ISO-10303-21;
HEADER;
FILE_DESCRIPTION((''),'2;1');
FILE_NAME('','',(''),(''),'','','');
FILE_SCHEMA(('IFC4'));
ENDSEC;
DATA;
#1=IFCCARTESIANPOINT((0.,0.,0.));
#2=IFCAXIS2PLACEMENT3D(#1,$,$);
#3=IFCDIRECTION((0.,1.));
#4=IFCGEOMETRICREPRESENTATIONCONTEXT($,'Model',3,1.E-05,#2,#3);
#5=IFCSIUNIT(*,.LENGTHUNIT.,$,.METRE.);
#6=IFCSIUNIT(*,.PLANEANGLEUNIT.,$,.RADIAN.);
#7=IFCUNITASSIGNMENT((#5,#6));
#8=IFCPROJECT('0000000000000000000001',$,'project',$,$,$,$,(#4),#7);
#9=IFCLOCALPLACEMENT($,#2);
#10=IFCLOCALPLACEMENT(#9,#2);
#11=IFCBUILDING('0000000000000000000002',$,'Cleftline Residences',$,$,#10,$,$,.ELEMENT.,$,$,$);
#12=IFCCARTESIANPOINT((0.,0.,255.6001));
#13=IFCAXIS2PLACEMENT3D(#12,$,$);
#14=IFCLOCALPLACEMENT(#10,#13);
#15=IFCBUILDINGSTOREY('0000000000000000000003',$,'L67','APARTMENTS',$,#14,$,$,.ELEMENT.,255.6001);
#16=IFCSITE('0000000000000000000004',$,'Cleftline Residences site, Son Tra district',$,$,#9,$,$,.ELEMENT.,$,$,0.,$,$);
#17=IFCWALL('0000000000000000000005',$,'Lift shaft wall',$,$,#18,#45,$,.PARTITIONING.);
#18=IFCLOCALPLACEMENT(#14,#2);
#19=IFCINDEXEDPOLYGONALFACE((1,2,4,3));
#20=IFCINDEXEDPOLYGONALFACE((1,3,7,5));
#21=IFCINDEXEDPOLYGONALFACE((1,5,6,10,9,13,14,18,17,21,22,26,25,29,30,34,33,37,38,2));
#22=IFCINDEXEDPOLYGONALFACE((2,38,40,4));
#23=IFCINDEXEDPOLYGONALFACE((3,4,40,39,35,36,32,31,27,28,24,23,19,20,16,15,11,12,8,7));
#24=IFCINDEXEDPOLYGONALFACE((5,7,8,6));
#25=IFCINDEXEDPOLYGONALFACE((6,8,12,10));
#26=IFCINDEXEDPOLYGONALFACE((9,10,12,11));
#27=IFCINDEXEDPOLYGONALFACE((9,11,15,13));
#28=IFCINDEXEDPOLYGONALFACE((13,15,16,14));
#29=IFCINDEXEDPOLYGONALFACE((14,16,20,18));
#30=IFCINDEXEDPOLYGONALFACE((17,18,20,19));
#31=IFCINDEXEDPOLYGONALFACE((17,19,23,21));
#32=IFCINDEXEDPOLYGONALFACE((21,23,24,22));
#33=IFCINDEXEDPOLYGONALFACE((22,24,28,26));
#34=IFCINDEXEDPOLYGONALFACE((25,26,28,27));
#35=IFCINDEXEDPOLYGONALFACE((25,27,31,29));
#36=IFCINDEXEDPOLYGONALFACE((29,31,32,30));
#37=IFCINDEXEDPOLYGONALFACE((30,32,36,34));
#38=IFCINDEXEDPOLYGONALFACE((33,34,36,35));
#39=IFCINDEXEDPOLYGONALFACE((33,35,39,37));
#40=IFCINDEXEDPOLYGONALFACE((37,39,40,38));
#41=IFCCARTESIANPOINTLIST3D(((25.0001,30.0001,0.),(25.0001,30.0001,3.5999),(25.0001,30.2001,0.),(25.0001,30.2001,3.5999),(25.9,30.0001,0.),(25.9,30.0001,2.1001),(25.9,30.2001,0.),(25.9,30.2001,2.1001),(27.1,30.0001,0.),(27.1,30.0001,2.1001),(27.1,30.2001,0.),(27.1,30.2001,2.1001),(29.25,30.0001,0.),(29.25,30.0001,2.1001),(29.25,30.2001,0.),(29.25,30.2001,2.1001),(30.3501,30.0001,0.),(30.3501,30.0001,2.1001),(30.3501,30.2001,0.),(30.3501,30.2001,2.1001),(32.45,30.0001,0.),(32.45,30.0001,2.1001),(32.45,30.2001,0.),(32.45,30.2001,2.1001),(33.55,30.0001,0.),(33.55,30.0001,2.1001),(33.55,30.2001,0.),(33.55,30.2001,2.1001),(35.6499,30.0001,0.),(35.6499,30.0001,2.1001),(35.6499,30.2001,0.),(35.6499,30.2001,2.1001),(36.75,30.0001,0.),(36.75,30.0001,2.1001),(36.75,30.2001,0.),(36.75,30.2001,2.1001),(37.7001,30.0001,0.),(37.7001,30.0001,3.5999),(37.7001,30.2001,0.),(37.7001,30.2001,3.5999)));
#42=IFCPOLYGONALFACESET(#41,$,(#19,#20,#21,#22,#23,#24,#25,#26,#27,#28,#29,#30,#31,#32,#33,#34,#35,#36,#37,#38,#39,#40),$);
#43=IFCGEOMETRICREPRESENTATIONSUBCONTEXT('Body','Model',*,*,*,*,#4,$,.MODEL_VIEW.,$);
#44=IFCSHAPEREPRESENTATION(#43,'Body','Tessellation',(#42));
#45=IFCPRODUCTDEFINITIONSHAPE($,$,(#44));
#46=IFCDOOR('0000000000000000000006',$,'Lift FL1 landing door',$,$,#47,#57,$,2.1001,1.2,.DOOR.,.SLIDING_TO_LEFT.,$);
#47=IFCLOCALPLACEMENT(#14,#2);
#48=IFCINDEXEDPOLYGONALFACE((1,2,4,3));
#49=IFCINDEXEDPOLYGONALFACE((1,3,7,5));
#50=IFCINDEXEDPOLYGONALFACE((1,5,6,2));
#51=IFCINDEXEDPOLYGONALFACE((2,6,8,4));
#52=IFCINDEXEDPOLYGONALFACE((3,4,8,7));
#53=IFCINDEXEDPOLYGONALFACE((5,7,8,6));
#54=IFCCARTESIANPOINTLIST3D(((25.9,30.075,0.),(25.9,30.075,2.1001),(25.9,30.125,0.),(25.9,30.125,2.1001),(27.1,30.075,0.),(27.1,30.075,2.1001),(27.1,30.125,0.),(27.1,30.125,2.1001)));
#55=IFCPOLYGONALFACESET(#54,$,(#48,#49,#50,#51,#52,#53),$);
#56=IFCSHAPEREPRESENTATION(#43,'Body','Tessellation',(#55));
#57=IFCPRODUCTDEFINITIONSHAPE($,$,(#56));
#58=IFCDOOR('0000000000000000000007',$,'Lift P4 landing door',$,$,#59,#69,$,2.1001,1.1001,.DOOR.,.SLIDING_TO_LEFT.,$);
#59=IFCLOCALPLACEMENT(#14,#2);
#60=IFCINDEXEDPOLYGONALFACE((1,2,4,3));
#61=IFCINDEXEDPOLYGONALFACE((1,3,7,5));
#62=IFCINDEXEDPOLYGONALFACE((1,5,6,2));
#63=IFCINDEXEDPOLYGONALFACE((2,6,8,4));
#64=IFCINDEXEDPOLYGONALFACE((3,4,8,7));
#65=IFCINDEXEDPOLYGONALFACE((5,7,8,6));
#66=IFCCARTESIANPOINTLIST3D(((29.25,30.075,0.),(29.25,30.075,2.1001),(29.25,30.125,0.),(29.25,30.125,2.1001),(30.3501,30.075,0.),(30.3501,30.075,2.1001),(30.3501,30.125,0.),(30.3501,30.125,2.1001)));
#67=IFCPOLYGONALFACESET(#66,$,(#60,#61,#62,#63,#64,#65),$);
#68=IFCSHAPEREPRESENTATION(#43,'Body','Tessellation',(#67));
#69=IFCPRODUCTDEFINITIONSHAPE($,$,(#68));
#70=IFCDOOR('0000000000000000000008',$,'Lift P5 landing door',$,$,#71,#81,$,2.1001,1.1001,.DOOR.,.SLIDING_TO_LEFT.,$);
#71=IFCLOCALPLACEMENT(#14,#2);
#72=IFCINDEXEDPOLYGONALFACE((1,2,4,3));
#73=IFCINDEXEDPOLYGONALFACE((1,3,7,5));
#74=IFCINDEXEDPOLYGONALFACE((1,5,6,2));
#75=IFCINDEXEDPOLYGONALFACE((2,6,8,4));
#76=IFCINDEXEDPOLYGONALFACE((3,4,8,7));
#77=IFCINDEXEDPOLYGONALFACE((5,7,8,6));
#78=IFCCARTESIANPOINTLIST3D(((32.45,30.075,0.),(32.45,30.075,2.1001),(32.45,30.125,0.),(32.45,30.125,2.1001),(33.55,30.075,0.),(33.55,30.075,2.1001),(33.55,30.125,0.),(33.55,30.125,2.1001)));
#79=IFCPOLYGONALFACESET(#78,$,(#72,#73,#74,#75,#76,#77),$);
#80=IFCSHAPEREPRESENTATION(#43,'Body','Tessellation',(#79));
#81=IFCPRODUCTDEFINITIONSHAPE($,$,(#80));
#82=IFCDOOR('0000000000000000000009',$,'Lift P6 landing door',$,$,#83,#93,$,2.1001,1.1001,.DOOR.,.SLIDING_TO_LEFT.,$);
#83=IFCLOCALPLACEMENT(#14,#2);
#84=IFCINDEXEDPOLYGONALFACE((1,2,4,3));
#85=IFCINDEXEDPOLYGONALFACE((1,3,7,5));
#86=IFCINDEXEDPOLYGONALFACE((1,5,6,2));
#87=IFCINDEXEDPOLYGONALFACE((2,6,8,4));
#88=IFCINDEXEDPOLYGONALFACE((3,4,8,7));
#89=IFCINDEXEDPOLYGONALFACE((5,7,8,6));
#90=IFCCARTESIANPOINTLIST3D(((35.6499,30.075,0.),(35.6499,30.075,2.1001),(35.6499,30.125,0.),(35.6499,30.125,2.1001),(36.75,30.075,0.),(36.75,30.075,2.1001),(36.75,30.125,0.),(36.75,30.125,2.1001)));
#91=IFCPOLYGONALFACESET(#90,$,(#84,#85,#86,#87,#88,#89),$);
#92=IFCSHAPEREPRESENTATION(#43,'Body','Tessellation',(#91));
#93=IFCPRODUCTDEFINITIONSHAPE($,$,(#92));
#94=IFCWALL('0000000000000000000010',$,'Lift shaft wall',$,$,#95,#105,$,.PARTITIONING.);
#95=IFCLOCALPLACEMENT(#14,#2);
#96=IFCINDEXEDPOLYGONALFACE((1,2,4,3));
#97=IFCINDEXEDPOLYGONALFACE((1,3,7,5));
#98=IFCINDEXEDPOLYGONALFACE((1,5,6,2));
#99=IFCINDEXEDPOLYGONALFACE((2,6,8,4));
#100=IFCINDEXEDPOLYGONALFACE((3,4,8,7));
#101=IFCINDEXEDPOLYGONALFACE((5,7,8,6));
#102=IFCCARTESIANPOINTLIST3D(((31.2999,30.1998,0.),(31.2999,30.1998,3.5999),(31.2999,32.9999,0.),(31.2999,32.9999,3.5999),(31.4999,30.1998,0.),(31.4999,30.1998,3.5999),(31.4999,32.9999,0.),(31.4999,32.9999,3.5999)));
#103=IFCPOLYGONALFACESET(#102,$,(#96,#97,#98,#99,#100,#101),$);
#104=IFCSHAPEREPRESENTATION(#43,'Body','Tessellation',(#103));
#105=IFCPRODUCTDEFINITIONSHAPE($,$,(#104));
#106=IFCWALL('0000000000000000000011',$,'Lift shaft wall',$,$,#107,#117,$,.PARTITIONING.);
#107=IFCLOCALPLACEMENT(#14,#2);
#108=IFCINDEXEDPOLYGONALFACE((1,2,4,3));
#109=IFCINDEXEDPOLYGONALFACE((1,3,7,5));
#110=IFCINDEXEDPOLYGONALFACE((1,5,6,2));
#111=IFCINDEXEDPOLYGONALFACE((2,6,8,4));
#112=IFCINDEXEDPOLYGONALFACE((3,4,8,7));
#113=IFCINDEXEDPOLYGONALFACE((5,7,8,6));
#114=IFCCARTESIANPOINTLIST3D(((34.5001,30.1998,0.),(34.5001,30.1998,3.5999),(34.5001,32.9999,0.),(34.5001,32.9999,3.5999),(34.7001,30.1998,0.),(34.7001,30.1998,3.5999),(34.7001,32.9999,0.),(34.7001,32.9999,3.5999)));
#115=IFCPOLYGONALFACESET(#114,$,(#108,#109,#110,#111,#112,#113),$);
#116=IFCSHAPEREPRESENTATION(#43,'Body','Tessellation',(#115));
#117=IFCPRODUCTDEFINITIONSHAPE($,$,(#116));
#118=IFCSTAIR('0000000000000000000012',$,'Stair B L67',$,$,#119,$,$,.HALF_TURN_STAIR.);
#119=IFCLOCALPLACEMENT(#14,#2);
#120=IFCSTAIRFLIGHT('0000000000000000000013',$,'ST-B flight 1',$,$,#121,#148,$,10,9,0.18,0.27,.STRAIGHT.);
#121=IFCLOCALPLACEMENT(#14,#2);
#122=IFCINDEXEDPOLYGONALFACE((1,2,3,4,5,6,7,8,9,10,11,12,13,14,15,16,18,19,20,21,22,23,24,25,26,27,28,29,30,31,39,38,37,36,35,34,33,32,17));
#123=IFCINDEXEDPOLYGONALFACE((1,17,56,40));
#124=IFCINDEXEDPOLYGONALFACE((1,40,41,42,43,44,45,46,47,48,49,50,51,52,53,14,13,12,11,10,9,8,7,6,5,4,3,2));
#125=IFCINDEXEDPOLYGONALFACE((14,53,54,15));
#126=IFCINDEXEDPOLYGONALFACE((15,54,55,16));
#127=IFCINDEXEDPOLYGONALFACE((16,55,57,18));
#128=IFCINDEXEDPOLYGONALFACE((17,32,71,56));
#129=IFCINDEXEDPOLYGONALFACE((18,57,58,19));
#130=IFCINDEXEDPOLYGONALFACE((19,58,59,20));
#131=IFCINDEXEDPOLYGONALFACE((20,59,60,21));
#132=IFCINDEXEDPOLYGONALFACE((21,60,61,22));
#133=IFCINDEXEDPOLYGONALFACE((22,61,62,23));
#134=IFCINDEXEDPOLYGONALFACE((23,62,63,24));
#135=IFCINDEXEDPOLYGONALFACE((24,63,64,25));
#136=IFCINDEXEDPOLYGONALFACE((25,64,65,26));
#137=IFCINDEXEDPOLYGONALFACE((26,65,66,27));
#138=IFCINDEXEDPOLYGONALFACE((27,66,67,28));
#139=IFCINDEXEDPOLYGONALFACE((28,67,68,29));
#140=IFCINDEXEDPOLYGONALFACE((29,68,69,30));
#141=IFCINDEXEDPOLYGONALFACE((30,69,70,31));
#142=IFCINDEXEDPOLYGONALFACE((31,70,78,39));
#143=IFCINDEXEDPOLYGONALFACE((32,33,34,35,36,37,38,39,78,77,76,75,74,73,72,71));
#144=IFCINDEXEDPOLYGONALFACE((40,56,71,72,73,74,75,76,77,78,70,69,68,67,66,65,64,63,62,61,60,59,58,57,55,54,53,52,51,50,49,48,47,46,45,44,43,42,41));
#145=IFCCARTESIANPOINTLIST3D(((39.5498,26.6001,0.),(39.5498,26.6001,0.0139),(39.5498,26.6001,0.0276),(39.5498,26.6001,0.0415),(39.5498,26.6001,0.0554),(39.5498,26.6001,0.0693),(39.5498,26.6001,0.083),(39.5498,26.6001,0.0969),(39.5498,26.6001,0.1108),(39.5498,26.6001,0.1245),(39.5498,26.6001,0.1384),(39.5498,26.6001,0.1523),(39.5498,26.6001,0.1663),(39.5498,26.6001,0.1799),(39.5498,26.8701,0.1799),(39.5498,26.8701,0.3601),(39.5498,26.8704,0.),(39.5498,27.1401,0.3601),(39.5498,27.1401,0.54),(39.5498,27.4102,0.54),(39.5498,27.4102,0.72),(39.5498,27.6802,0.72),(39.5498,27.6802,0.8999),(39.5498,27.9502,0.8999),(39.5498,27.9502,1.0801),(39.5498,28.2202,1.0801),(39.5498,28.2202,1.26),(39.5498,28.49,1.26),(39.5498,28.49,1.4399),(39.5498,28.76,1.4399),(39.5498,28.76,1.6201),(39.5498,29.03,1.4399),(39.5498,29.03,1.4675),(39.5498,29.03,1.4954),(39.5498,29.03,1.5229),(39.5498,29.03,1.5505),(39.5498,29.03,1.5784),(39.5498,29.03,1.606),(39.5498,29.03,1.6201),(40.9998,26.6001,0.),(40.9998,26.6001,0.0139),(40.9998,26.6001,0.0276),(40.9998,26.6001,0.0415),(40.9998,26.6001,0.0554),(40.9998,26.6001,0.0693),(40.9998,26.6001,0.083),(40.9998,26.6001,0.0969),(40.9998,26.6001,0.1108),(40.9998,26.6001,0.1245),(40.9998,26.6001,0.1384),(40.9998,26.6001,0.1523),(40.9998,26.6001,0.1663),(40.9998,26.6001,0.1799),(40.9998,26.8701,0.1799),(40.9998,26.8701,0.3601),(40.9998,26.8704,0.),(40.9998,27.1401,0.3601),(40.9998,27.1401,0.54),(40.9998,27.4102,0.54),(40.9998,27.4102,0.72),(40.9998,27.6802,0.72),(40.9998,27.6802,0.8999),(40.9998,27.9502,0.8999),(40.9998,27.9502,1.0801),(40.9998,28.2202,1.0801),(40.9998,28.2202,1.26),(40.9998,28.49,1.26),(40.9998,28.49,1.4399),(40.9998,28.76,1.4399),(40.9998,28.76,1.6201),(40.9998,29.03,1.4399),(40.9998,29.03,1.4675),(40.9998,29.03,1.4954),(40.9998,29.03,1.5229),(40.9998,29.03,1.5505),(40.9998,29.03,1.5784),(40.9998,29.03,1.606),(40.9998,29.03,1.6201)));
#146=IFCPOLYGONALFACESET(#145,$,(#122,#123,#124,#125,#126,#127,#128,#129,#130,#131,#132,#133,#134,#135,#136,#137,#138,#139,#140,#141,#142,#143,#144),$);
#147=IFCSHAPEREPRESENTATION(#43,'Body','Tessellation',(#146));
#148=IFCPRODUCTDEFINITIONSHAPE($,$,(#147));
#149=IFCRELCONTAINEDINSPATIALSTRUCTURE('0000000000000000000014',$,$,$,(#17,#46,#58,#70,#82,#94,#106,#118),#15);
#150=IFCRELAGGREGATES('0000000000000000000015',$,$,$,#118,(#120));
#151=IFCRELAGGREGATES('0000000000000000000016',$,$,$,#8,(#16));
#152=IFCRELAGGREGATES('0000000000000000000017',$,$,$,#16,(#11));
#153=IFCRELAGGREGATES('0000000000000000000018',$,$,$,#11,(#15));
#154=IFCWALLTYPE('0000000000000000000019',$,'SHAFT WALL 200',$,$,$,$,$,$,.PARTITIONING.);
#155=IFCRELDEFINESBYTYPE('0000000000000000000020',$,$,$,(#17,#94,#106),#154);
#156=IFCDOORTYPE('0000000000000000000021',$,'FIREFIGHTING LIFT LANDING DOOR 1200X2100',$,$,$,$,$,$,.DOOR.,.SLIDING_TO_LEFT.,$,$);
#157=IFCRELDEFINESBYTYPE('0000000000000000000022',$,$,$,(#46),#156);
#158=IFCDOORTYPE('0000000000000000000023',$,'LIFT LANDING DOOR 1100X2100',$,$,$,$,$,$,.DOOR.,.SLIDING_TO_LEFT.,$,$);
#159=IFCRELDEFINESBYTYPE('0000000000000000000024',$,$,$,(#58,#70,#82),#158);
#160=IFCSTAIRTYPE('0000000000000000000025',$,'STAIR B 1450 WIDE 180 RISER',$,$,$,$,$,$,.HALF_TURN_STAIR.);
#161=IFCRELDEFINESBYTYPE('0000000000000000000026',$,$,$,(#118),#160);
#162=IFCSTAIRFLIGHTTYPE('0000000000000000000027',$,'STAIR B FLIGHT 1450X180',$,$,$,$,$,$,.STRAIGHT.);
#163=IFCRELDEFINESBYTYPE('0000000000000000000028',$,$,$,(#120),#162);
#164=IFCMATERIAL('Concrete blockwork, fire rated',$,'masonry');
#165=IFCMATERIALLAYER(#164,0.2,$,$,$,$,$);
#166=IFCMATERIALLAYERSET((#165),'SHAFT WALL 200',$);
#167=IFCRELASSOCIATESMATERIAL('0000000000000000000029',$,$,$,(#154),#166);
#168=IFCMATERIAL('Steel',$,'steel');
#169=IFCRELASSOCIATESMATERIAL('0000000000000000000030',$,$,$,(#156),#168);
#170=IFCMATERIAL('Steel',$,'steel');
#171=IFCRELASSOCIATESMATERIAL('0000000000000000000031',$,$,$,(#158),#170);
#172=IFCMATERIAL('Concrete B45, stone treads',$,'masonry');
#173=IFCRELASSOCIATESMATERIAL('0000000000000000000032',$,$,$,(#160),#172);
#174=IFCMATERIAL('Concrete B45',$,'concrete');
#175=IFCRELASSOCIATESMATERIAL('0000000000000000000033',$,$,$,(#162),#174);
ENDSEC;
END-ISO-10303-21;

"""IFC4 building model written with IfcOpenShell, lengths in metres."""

from ifc_helpers import new_model, si_unit, direction, frame, frame_2d, origin, place, context, subcontext, project, spatial, polyline, rectangle, outline, extrude, material, layer, layer_set, type_object, element, fill, aggregate, save


model = new_model("IFC4")

# Units and contexts
model_context = context("Model", 3, precision=1e-05, world=origin(), true_north=direction((0.0, 1.0)))
body_context = subcontext(model_context, "Body", "Model", "MODEL_VIEW")
ifc_project = project(units=[si_unit("LENGTHUNIT", "METRE"), si_unit("PLANEANGLEUNIT", "RADIAN")], contexts=[model_context])

# Site, building, storey
site_placement = place(None, origin())
site = spatial("IfcSite", under=ifc_project, at=site_placement, Name="Cleftline Residences site, Son Tra district", CompositionType="ELEMENT", RefElevation=0.0)
building_placement = place(site_placement, origin())
building = spatial("IfcBuilding", under=site, at=building_placement, Name="Cleftline Residences", CompositionType="ELEMENT")
storey_placement = place(building_placement, frame((0.0, 0.0, 255.6001)))
storey = spatial("IfcBuildingStorey", under=building, at=storey_placement, Name="L67", Description="APARTMENTS", CompositionType="ELEMENT", Elevation=255.6001)

# Wall, openings, doors
ifc_material_1 = material(Name="Concrete blockwork, fire rated", Category="masonry")
ifc_layer_1 = layer(ifc_material_1, 0.2)
ifc_layer_set_1 = layer_set([ifc_layer_1], Name="SHAFT WALL 200")
wall_type_1 = type_object("IfcWallType", Name="SHAFT WALL 200", PredefinedType="PARTITIONING", material=ifc_layer_set_1)
wall_1_placement = place(storey_placement, frame((25.0, 30.1001, 0.0), z_axis=(0.0, 0.0, 1.0), x_axis=(1.0, 0.0, 0.0)))
wall_1 = element("IfcWall", 1, at=wall_1_placement, inside=storey, type_object=wall_type_1, Name="Lift shaft wall", PredefinedType="PARTITIONING", context=body_context, shape_type="SweptSolid", body=[
    extrude(rectangle(XDim=12.7, YDim=0.2, at=frame_2d((6.3501, 0.0))), origin(), (0.0, 0.0, 1.0), 3.5999),
])
opening_1_placement = place(wall_1_placement, frame((4.25, 0.0, 0.0)))
opening_1 = element("IfcOpeningElement", 2, at=opening_1_placement, cuts=wall_1, PredefinedType="OPENING", context=body_context, shape_type="SweptSolid", body=[
    extrude(rectangle(XDim=1.1001, YDim=2.1001, at=frame_2d((0.55, 1.05))), frame((0.0, 0.1099, 0.0), z_axis=(0.0, -1.0, 0.0), x_axis=(1.0, 0.0, 0.0)), (0.0, 0.0, 1.0), 0.22),
])
opening_2_placement = place(wall_1_placement, frame((7.45, 0.0, 0.0)))
opening_2 = element("IfcOpeningElement", 3, at=opening_2_placement, cuts=wall_1, PredefinedType="OPENING", context=body_context, shape_type="SweptSolid", body=[
    extrude(rectangle(XDim=1.1001, YDim=2.1001, at=frame_2d((0.55, 1.05))), frame((0.0, 0.1099, 0.0), z_axis=(0.0, -1.0, 0.0), x_axis=(1.0, 0.0, 0.0)), (0.0, 0.0, 1.0), 0.22),
])
opening_3_placement = place(wall_1_placement, frame((10.6499, 0.0, 0.0)))
opening_3 = element("IfcOpeningElement", 4, at=opening_3_placement, cuts=wall_1, PredefinedType="OPENING", context=body_context, shape_type="SweptSolid", body=[
    extrude(rectangle(XDim=1.1001, YDim=2.1001, at=frame_2d((0.55, 1.05))), frame((0.0, 0.1099, 0.0), z_axis=(0.0, -1.0, 0.0), x_axis=(1.0, 0.0, 0.0)), (0.0, 0.0, 1.0), 0.22),
])
opening_4_placement = place(wall_1_placement, frame((0.8999, 0.0, 0.0)))
opening_4 = element("IfcOpeningElement", 5, at=opening_4_placement, cuts=wall_1, PredefinedType="OPENING", context=body_context, shape_type="SweptSolid", body=[
    extrude(rectangle(XDim=1.2, YDim=2.1001, at=frame_2d((0.6001, 1.05))), frame((0.0, 0.1099, 0.0), z_axis=(0.0, -1.0, 0.0), x_axis=(1.0, 0.0, 0.0)), (0.0, 0.0, 1.0), 0.22),
])
ifc_material_2 = material(Name="Steel", Category="steel")
door_type_1 = type_object("IfcDoorType", Name="FIREFIGHTING LIFT LANDING DOOR 1200X2100", OperationType="SLIDING_TO_LEFT", PredefinedType="DOOR", material=ifc_material_2)
door_1_placement = place(opening_4_placement, origin())
door_1 = element("IfcDoor", 6, at=door_1_placement, inside=storey, type_object=door_type_1, Name="Lift FL1 landing door", OperationType="SLIDING_TO_LEFT", OverallHeight=2.1001, OverallWidth=1.2, PredefinedType="DOOR", context=body_context, shape_type="SweptSolid", body=[
    extrude(rectangle(XDim=1.2, YDim=2.1001, at=frame_2d((0.6001, 1.05))), frame((0.0, 0.0249, 0.0), z_axis=(0.0, -1.0, 0.0), x_axis=(1.0, 0.0, 0.0)), (0.0, 0.0, 1.0), 0.05),
])
fill(opening_4, door_1)
ifc_material_3 = material(Name="Steel", Category="steel")
door_type_2 = type_object("IfcDoorType", Name="LIFT LANDING DOOR 1100X2100", OperationType="SLIDING_TO_LEFT", PredefinedType="DOOR", material=ifc_material_3)
door_2_placement = place(opening_1_placement, origin())
door_2 = element("IfcDoor", 7, at=door_2_placement, inside=storey, type_object=door_type_2, Name="Lift P4 landing door", OperationType="SLIDING_TO_LEFT", OverallHeight=2.1001, OverallWidth=1.1001, PredefinedType="DOOR", context=body_context, shape_type="SweptSolid", body=[
    extrude(rectangle(XDim=1.1001, YDim=2.1001, at=frame_2d((0.55, 1.05))), frame((0.0, 0.0249, 0.0), z_axis=(0.0, -1.0, 0.0), x_axis=(1.0, 0.0, 0.0)), (0.0, 0.0, 1.0), 0.05),
])
fill(opening_1, door_2)
door_3_placement = place(opening_2_placement, origin())
door_3 = element("IfcDoor", 8, at=door_3_placement, inside=storey, type_object=door_type_2, Name="Lift P5 landing door", OperationType="SLIDING_TO_LEFT", OverallHeight=2.1001, OverallWidth=1.1001, PredefinedType="DOOR", context=body_context, shape_type="SweptSolid", body=[
    extrude(rectangle(XDim=1.1001, YDim=2.1001, at=frame_2d((0.55, 1.05))), frame((0.0, 0.0249, 0.0), z_axis=(0.0, -1.0, 0.0), x_axis=(1.0, 0.0, 0.0)), (0.0, 0.0, 1.0), 0.05),
])
fill(opening_2, door_3)
door_4_placement = place(opening_3_placement, origin())
door_4 = element("IfcDoor", 9, at=door_4_placement, inside=storey, type_object=door_type_2, Name="Lift P6 landing door", OperationType="SLIDING_TO_LEFT", OverallHeight=2.1001, OverallWidth=1.1001, PredefinedType="DOOR", context=body_context, shape_type="SweptSolid", body=[
    extrude(rectangle(XDim=1.1001, YDim=2.1001, at=frame_2d((0.55, 1.05))), frame((0.0, 0.0249, 0.0), z_axis=(0.0, -1.0, 0.0), x_axis=(1.0, 0.0, 0.0)), (0.0, 0.0, 1.0), 0.05),
])
fill(opening_3, door_4)

# Walls
for number, where, z_axis, x_axis, name in (
    (10, (31.3999, 30.2, 0.0), (0.0, 0.0, 1.0), (0.0, 1.0, 0.0), "Lift shaft wall"),
    (11, (34.6001, 30.2, 0.0), (0.0, 0.0, 1.0), (0.0, 1.0, 0.0), "Lift shaft wall"),
):
    element("IfcWall", number, at=place(storey_placement, frame(where, z_axis=z_axis, x_axis=x_axis)), inside=storey, type_object=wall_type_1, Name=name, PredefinedType="PARTITIONING", context=body_context, shape_type="SweptSolid", body=[
        extrude(rectangle(XDim=2.8, YDim=0.2, at=frame_2d((1.3999, 0.0))), origin(), (0.0, 0.0, 1.0), 3.5999),
    ])

# Stair, stair flight
ifc_material_4 = material(Name="Concrete B45, stone treads", Category="masonry")
stair_type = type_object("IfcStairType", Name="STAIR B 1450 WIDE 180 RISER", PredefinedType="HALF_TURN_STAIR", material=ifc_material_4)
stair_placement = place(storey_placement, origin())
stair = element("IfcStair", 12, at=stair_placement, inside=storey, type_object=stair_type, Name="Stair B L67", PredefinedType="HALF_TURN_STAIR")
ifc_material_5 = material(Name="Concrete B45", Category="concrete")
stair_flight_type = type_object("IfcStairFlightType", Name="STAIR B FLIGHT 1450X180", PredefinedType="STRAIGHT", material=ifc_material_5)
stair_flight_1_placement = place(storey_placement, frame((40.2749, 26.6001, 0.0), z_axis=(0.0, 0.0, 1.0), x_axis=(0.0, 1.0, 0.0)))
stair_flight_1 = element("IfcStairFlight", 13, at=stair_flight_1_placement, type_object=stair_flight_type, Name="ST-B flight 1", NumberOfRisers=10, NumberOfTreads=9, PredefinedType="STRAIGHT", RiserHeight=0.18, TreadLength=0.27, context=body_context, shape_type="SweptSolid", body=[
    extrude(outline(polyline([(0.0, 0.0), (0.0, 0.0139), (0.0, 0.0276), (0.0, 0.0415), (0.0, 0.0554), (0.0, 0.0693), (0.0, 0.083), (0.0, 0.0969), (0.0, 0.1108), (0.0, 0.1245), (0.0, 0.1384), (0.0, 0.1523), (0.0, 0.1663), (0.0, 0.1799), (0.27, 0.1799), (0.27, 0.3601), (0.54, 0.3601), (0.54, 0.54), (0.8101, 0.54), (0.8101, 0.72), (1.0801, 0.72), (1.0801, 0.8999), (1.3501, 0.8999), (1.3501, 1.0801), (1.6201, 1.0801), (1.6201, 1.26), (1.8899, 1.26), (1.8899, 1.4399), (2.1599, 1.4399), (2.1599, 1.6201), (2.4299, 1.6201), (2.4299, 1.8), (2.4299, 1.7722), (2.4299, 1.7446), (2.4299, 1.7168), (2.4299, 1.6892), (2.4299, 1.6614), (2.4299, 1.6338), (2.4299, 1.606), (2.4299, 1.5784), (2.4299, 1.5505), (2.4299, 1.5229), (2.4299, 1.4954), (2.4299, 1.4675), (2.4299, 1.4399), (0.2703, 0.0), (0.0, 0.0)])), frame((0.0, 0.7251, 0.0), z_axis=(0.0, -1.0, 0.0), x_axis=(1.0, 0.0, 0.0)), (0.0, 0.0, 1.0), 1.45),
])
aggregate(stair, [stair_flight_1])

save(model, "model.ifc")
